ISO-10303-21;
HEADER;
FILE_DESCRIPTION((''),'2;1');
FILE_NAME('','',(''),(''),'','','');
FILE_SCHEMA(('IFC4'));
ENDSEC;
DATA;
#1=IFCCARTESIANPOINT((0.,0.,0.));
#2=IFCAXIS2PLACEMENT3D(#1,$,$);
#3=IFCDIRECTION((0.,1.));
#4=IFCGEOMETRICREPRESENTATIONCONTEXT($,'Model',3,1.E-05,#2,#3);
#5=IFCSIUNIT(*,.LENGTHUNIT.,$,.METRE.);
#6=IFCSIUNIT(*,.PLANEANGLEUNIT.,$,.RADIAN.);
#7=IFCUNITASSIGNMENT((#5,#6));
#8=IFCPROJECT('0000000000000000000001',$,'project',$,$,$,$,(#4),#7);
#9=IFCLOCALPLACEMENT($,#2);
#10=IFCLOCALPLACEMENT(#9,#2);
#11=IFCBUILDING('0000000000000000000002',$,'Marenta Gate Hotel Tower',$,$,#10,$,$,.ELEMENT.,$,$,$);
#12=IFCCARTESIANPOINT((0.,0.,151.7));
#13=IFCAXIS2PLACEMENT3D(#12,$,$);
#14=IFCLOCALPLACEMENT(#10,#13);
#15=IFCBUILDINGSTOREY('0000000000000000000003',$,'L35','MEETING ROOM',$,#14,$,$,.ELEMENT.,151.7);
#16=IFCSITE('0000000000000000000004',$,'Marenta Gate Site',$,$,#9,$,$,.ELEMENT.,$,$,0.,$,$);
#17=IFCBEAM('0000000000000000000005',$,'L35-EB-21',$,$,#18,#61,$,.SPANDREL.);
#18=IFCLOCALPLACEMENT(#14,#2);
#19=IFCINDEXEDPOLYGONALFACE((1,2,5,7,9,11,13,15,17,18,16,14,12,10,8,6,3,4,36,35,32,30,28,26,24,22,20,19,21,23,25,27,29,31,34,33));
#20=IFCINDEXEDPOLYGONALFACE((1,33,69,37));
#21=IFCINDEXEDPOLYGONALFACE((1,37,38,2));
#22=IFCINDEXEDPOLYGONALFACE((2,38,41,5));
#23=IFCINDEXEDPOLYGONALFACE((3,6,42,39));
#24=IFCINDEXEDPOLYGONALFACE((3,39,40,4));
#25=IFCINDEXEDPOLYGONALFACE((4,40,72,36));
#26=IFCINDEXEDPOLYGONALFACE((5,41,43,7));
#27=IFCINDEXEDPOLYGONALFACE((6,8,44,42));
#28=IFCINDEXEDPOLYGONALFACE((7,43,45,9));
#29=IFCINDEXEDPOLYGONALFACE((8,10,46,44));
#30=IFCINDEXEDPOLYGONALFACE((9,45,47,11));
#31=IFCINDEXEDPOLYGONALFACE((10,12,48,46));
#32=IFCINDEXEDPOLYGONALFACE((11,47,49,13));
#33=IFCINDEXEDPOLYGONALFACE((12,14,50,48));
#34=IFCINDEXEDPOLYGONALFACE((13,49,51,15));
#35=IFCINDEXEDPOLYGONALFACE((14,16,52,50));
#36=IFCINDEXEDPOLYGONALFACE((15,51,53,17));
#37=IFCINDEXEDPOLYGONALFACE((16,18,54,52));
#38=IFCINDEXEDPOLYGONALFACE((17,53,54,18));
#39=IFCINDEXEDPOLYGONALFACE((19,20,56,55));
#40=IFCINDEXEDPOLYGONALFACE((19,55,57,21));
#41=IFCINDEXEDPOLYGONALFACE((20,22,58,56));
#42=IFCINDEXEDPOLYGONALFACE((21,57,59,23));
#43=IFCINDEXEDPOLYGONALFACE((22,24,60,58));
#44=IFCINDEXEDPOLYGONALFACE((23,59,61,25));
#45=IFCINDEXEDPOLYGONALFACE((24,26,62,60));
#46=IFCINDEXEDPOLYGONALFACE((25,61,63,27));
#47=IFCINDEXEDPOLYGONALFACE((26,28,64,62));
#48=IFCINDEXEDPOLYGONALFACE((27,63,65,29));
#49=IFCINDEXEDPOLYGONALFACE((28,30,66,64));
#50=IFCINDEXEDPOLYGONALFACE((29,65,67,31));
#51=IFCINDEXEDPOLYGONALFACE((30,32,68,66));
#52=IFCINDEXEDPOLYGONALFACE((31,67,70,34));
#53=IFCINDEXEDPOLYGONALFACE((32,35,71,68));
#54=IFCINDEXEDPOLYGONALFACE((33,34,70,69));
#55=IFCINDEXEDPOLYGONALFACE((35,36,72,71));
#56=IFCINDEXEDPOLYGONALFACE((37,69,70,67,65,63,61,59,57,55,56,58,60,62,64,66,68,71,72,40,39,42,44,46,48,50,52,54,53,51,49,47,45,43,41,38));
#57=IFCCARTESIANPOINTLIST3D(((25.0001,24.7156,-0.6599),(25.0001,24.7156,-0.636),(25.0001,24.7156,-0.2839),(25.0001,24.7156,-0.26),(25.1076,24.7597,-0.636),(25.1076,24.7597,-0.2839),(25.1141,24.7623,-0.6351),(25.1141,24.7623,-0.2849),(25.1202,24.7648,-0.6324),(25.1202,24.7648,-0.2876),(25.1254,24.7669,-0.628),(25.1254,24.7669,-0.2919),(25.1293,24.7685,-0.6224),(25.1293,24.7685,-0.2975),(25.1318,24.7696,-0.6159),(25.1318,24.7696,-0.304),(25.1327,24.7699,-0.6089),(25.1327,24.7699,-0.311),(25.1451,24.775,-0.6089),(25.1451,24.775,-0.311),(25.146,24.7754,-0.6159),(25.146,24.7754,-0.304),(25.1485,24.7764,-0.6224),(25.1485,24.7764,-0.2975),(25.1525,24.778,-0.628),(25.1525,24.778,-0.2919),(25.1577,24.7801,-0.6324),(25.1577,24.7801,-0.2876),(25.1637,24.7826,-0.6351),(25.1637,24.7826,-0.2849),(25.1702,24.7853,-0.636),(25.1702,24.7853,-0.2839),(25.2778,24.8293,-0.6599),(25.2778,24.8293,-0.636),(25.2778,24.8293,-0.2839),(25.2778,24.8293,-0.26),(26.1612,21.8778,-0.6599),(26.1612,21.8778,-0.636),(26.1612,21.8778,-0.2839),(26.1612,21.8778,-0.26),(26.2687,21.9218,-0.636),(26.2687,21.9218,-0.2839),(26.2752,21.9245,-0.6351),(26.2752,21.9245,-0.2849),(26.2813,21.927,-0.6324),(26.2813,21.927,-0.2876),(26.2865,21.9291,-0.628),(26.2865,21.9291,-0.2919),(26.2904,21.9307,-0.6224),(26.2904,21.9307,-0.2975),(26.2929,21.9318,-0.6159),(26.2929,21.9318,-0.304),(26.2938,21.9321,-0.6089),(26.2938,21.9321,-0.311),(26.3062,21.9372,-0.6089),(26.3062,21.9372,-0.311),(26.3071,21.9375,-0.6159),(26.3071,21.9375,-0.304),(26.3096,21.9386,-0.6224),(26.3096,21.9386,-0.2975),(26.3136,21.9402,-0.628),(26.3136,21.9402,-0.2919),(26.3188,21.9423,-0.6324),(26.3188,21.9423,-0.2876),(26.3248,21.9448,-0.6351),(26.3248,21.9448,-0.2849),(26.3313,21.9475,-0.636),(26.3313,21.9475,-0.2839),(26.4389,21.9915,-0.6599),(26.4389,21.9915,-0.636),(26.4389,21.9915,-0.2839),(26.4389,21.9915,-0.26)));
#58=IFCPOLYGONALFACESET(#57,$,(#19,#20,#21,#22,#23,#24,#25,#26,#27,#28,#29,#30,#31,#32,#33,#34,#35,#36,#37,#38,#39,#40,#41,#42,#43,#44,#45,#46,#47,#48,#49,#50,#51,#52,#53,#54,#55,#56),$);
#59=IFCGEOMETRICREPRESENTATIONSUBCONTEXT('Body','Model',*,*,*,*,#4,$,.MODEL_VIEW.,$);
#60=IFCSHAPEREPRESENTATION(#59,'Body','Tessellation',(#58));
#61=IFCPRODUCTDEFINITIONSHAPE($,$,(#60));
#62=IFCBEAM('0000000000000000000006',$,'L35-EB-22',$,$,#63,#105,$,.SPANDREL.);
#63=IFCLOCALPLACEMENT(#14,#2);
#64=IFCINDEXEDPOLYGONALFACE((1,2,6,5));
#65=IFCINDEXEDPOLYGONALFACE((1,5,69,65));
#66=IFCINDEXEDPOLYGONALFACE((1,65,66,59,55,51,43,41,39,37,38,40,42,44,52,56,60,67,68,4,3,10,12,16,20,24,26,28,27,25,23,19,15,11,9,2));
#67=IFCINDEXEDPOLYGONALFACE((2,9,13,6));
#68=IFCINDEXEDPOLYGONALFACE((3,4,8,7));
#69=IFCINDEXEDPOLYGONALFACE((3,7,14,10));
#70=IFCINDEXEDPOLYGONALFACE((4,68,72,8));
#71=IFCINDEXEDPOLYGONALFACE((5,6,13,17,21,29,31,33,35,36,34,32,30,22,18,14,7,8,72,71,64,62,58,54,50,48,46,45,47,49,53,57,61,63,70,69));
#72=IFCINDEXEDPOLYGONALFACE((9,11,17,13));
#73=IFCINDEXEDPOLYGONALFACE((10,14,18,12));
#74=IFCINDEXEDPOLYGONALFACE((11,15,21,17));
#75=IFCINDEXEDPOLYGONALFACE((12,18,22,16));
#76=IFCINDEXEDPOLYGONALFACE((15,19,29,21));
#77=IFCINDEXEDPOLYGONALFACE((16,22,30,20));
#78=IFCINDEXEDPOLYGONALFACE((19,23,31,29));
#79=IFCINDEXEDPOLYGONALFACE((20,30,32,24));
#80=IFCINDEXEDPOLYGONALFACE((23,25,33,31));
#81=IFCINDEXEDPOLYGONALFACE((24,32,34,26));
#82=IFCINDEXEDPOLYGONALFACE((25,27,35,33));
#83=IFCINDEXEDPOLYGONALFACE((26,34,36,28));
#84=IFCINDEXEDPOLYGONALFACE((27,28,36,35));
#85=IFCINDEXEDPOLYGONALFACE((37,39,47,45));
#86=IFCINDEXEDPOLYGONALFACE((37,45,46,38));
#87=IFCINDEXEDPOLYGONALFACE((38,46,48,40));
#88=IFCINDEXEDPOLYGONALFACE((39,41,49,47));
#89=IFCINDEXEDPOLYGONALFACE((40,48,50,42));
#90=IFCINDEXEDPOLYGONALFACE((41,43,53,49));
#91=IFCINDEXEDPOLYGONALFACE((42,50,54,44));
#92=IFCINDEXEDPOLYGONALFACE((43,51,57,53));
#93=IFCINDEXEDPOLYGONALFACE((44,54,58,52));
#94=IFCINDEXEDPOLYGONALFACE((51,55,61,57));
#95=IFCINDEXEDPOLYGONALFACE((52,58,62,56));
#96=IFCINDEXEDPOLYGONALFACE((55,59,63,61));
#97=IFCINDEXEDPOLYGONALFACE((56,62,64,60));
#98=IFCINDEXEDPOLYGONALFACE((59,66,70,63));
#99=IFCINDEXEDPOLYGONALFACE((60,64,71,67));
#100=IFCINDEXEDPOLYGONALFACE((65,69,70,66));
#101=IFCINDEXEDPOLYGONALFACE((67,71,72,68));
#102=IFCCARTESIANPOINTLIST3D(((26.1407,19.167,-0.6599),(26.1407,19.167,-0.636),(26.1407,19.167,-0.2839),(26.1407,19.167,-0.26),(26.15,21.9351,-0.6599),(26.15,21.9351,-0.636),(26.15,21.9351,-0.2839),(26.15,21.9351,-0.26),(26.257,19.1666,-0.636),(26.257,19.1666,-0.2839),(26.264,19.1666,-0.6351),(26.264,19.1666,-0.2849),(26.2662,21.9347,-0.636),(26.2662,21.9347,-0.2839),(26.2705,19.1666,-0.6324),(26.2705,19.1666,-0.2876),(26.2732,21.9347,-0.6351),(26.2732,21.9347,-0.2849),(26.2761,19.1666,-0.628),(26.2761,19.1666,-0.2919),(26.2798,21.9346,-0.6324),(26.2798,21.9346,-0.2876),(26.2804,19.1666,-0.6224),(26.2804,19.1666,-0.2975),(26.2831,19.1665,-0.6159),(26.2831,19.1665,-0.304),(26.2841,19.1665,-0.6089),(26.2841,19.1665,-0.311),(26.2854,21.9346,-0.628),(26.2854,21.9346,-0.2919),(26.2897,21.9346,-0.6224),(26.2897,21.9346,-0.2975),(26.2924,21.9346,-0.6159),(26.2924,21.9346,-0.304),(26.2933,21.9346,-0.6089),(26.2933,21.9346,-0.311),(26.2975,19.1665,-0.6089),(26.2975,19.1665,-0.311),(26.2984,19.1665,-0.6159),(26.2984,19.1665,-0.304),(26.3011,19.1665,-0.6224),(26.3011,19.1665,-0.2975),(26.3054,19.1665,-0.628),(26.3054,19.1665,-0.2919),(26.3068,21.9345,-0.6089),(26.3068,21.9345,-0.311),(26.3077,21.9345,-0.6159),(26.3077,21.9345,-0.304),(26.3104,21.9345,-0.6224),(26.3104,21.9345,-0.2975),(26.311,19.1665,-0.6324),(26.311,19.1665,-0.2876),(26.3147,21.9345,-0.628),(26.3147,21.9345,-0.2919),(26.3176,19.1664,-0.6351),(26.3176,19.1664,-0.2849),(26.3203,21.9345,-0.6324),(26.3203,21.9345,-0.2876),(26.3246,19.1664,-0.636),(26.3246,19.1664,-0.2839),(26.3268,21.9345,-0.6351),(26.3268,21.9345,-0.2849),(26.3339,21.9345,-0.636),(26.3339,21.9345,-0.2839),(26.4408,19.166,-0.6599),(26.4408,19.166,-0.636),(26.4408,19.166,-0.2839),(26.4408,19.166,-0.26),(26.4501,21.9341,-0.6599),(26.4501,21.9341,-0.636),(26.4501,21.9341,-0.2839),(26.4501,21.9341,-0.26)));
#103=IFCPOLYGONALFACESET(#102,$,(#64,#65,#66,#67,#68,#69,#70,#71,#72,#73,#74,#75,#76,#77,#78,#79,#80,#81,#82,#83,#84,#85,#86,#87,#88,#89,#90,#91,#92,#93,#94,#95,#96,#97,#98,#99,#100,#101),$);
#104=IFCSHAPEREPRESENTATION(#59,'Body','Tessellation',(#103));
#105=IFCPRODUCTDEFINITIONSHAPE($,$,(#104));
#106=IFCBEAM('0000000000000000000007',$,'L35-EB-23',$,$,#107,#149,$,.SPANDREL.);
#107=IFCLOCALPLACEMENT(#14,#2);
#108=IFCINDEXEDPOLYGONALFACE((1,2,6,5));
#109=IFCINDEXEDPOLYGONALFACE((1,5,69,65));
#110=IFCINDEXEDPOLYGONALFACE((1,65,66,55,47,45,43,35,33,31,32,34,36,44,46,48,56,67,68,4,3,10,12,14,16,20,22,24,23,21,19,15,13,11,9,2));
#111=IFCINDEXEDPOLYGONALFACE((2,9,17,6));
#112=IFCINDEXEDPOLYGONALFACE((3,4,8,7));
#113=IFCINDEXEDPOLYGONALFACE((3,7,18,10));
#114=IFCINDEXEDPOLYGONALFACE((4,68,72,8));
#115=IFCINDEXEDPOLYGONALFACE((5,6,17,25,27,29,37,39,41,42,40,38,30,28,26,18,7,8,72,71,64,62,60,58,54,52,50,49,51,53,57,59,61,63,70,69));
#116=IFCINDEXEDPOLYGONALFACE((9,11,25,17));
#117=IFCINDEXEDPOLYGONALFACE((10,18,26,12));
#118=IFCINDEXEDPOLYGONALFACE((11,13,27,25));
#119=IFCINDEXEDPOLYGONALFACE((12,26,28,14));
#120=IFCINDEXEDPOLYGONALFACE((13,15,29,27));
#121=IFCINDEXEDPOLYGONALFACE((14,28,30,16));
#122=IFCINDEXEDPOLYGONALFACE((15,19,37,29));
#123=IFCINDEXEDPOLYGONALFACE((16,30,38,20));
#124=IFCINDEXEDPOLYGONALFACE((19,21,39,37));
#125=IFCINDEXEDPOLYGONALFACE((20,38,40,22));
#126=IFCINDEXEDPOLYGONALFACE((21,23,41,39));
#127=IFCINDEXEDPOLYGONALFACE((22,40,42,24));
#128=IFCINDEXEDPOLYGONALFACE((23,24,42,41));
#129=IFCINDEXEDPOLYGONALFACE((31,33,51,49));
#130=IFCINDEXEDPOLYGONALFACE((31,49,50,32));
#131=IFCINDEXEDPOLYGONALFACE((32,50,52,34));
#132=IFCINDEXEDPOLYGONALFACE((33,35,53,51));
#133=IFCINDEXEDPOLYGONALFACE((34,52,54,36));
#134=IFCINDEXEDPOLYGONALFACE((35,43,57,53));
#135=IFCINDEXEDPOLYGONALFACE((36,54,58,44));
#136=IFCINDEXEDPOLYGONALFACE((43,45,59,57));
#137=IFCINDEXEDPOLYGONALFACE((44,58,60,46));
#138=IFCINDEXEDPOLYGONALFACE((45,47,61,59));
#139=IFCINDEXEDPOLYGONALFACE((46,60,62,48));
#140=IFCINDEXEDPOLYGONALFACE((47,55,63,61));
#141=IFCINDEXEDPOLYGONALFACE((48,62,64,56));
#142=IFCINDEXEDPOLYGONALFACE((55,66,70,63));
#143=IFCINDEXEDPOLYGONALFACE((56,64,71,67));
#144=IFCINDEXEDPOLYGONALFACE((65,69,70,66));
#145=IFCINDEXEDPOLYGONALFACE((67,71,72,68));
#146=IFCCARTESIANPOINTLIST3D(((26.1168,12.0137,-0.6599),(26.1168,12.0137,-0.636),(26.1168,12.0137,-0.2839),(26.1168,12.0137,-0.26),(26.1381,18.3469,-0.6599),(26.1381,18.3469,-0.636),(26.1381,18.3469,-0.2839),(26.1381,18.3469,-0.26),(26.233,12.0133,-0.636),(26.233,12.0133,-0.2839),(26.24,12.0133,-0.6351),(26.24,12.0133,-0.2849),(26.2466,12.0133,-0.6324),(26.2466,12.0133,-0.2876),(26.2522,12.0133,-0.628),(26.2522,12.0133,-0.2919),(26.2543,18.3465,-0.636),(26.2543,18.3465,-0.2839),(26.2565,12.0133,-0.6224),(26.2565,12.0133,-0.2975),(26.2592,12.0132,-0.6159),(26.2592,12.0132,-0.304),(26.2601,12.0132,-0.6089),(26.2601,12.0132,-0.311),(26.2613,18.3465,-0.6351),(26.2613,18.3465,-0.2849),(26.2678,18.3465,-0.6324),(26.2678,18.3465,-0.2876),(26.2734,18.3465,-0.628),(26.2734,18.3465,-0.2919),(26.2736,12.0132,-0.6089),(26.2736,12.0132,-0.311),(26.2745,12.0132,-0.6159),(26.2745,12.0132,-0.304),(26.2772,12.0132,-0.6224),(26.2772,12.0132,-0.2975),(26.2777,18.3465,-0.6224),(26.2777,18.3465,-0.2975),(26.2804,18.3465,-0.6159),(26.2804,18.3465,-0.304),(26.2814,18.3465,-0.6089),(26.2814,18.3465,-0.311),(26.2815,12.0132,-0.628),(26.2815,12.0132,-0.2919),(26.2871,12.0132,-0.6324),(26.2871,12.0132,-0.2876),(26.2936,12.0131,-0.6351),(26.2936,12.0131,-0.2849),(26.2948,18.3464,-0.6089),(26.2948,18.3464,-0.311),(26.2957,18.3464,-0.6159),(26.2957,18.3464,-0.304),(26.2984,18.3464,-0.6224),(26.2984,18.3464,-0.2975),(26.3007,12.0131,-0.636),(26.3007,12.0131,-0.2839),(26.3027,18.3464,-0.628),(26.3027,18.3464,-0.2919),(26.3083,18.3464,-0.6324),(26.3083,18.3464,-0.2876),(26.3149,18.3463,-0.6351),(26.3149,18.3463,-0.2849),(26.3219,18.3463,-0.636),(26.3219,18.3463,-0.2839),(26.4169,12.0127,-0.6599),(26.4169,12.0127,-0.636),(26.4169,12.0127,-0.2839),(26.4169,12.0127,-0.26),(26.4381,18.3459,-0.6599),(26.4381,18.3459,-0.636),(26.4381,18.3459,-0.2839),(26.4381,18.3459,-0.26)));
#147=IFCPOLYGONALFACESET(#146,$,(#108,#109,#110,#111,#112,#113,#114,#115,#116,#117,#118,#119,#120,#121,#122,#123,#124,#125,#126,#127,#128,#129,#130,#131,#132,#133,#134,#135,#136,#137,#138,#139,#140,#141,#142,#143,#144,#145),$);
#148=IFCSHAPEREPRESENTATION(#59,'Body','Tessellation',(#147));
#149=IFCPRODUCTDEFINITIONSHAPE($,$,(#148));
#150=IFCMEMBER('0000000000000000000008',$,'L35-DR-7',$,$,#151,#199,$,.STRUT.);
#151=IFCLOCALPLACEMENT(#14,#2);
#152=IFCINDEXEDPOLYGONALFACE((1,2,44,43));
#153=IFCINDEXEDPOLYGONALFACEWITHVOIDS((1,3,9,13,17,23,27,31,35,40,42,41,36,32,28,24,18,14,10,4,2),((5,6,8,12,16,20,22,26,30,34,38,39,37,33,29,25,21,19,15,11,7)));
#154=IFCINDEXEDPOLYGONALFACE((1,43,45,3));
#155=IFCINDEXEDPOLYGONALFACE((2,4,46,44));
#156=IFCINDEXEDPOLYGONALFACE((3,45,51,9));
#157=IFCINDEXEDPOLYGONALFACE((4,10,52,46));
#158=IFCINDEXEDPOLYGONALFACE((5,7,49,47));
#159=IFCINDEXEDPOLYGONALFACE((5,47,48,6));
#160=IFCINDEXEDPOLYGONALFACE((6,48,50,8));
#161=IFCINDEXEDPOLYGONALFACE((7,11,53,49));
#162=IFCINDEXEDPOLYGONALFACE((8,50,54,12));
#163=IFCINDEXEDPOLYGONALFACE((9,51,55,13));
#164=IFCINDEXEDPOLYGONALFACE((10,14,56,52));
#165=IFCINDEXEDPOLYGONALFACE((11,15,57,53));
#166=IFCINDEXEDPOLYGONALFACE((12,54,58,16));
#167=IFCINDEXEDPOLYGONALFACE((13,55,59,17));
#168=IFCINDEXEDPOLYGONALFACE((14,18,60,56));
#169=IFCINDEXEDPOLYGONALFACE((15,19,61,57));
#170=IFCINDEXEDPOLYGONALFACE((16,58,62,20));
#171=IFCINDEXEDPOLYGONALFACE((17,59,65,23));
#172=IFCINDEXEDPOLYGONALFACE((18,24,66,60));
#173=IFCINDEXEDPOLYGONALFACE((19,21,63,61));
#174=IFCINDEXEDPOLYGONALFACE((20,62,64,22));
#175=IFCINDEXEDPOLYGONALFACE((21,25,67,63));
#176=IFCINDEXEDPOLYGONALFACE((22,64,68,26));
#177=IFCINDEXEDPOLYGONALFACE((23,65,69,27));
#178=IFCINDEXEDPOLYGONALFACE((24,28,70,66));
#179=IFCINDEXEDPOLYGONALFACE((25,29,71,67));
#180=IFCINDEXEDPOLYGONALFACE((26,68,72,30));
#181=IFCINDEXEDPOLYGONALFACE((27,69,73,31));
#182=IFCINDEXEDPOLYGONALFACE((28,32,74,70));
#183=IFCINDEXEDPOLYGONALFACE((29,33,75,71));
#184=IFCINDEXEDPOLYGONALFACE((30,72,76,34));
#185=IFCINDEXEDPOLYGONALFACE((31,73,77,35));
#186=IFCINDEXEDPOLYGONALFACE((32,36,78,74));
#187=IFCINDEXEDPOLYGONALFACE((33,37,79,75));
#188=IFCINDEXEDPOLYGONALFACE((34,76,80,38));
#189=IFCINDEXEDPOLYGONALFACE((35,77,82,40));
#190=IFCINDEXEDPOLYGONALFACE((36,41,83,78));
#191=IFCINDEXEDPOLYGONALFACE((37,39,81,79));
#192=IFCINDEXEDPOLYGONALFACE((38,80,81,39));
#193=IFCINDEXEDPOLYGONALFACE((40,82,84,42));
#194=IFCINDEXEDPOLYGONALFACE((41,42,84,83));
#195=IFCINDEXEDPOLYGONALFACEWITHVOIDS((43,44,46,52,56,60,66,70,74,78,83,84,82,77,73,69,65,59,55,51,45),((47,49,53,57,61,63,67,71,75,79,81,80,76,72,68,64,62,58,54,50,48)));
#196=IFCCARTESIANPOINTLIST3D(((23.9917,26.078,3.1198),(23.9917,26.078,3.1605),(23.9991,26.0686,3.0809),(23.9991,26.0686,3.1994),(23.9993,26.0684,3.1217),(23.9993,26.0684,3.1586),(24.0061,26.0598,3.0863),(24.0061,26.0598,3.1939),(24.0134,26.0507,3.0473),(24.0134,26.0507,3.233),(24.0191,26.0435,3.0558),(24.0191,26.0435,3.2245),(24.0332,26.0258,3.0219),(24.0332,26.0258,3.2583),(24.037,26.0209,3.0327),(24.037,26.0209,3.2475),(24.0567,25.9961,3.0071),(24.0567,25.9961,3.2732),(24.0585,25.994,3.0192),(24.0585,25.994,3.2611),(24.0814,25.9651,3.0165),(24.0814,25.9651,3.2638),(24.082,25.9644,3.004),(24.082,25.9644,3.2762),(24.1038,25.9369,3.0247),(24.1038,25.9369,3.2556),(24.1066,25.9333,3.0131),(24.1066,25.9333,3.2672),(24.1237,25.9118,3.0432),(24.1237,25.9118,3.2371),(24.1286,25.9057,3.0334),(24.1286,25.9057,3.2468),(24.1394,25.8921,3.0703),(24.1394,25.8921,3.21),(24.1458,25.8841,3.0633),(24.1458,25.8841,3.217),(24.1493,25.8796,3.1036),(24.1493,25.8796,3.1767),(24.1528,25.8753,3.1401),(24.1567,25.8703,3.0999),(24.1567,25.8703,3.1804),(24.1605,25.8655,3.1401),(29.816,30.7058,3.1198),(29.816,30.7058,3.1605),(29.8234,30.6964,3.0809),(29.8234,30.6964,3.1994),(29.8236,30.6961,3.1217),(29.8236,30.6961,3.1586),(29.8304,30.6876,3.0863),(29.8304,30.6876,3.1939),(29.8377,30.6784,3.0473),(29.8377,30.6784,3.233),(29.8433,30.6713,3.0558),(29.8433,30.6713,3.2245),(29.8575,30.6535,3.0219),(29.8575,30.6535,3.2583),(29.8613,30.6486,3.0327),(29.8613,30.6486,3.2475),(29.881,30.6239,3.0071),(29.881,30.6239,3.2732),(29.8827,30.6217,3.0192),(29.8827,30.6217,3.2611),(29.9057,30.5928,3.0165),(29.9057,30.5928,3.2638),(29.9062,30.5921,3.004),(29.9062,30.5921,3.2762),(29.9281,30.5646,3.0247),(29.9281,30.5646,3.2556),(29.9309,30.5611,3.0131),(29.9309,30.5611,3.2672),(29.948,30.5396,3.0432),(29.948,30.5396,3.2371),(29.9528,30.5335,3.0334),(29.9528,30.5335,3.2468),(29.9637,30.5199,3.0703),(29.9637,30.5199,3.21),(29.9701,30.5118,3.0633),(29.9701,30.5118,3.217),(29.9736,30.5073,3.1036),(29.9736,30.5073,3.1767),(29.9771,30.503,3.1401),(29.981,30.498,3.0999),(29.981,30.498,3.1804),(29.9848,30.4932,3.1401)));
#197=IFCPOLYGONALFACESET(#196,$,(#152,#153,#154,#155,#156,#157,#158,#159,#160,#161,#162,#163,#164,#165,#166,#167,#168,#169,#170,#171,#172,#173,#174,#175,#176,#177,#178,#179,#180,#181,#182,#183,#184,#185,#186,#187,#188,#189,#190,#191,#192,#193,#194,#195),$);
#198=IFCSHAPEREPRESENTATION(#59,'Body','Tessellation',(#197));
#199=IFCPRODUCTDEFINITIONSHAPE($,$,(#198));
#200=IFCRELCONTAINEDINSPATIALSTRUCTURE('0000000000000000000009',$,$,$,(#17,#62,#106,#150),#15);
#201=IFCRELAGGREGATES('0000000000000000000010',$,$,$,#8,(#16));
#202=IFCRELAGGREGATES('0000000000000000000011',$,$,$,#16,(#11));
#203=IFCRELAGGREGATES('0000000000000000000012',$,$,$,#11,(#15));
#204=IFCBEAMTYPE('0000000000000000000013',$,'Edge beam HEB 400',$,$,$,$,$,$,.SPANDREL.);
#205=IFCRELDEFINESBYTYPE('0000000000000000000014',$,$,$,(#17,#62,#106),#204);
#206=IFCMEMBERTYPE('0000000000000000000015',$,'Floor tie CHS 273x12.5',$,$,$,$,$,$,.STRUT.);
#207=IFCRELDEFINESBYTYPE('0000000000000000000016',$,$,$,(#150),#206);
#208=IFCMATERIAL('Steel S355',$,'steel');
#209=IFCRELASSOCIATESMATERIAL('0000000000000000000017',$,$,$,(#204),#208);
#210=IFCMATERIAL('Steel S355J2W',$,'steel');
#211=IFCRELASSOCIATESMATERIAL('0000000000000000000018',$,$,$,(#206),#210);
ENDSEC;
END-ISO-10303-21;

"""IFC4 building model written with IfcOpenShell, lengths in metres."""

from ifc_helpers import new_model, si_unit, direction, frame, origin, origin_2d, place, context, subcontext, project, spatial, hollow_circle, i_section, extrude, material, material_profile, profile_set, type_object, element, save


model = new_model("IFC4")

# Units and contexts
model_context = context("Model", 3, precision=1e-05, world=origin(), true_north=direction((0.0, 1.0)))
body_context = subcontext(model_context, "Body", "Model", "MODEL_VIEW")
ifc_project = project(units=[si_unit("LENGTHUNIT", "METRE"), si_unit("PLANEANGLEUNIT", "RADIAN")], contexts=[model_context])

# Site, building, storey
site_placement = place(None, origin())
site = spatial("IfcSite", under=ifc_project, at=site_placement, Name="Marenta Gate Site", CompositionType="ELEMENT", RefElevation=0.0)
building_placement = place(site_placement, origin())
building = spatial("IfcBuilding", under=site, at=building_placement, Name="Marenta Gate Hotel Tower", CompositionType="ELEMENT")
storey_placement = place(building_placement, frame((0.0, 0.0, 151.7)))
storey = spatial("IfcBuildingStorey", under=building, at=storey_placement, Name="L35", Description="MEETING ROOM", CompositionType="ELEMENT", Elevation=151.7)

# Beams
ifc_material_1 = material(Name="Steel S355", Category="steel")
ifc_material_profile_1 = material_profile(ifc_material_1, i_section(OverallWidth=0.3, OverallDepth=0.3999, WebThickness=0.0134, FlangeThickness=0.0239, FilletRadius=0.0271, at=origin_2d()), Name="HEB 400")
ifc_profile_set_1 = profile_set([ifc_material_profile_1], Name="Steel S355")
beam_type_1 = type_object("IfcBeamType", Name="Edge beam HEB 400", PredefinedType="SPANDREL", material=ifc_profile_set_1)
beam_1_placement = place(storey_placement, frame((25.1389, 24.7725, -0.46), z_axis=(0.378682, -0.925527, 0.0), x_axis=(0.925527, 0.378682, 0.0)))
element("IfcBeam", 1, at=beam_1_placement, inside=storey, type_object=beam_type_1, Name="L35-EB-21", PredefinedType="SPANDREL", context=body_context, shape_type="SweptSolid", body=[
    extrude(i_section(OverallWidth=0.3, OverallDepth=0.3999, WebThickness=0.0134, FlangeThickness=0.0239, FilletRadius=0.0271, at=origin_2d()), origin(), (0.0, 0.0, 1.0), 3.0662),
])
beam_2_placement = place(storey_placement, frame((26.3, 21.9346, -0.46), z_axis=(-0.003352, -0.999994, 0.0), x_axis=(0.999994, -0.003352, 0.0)))
element("IfcBeam", 2, at=beam_2_placement, inside=storey, type_object=beam_type_1, Name="L35-EB-22", PredefinedType="SPANDREL", context=body_context, shape_type="SweptSolid", body=[
    extrude(i_section(OverallWidth=0.3, OverallDepth=0.3999, WebThickness=0.0134, FlangeThickness=0.0239, FilletRadius=0.0271, at=origin_2d()), origin(), (0.0, 0.0, 1.0), 2.7681),
])
beam_3_placement = place(storey_placement, frame((26.2881, 18.3464, -0.46), z_axis=(-0.003354, -0.999994, 0.0), x_axis=(0.999994, -0.003354, 0.0)))
element("IfcBeam", 3, at=beam_3_placement, inside=storey, type_object=beam_type_1, Name="L35-EB-23", PredefinedType="SPANDREL", context=body_context, shape_type="SweptSolid", body=[
    extrude(i_section(OverallWidth=0.3, OverallDepth=0.3999, WebThickness=0.0134, FlangeThickness=0.0239, FilletRadius=0.0271, at=origin_2d()), origin(), (0.0, 0.0, 1.0), 6.3333),
])

# Member
ifc_material_2 = material(Name="Steel S355J2W", Category="steel")
ifc_material_profile_2 = material_profile(ifc_material_2, hollow_circle(Radius=0.1365, WallThickness=0.0125, at=origin_2d()), Name="CHS 273x12.5")
ifc_profile_set_2 = profile_set([ifc_material_profile_2], Name="Steel S355J2W")
member_type_1 = type_object("IfcMemberType", Name="Floor tie CHS 273x12.5", PredefinedType="STRUT", material=ifc_profile_set_2)
member_1_placement = place(storey_placement, frame((29.8999, 30.6001, 3.1401), z_axis=(-0.782943, -0.622094, 0.0), x_axis=(0.622094, -0.782943, 0.0)))
element("IfcMember", 4, at=member_1_placement, inside=storey, type_object=member_type_1, Name="L35-DR-7", PredefinedType="STRUT", context=body_context, shape_type="SweptSolid", body=[
    extrude(hollow_circle(Radius=0.1365, WallThickness=0.0125, at=origin_2d()), origin(), (0.0, 0.0, 1.0), 7.439),
])

save(model, "model.ifc")
